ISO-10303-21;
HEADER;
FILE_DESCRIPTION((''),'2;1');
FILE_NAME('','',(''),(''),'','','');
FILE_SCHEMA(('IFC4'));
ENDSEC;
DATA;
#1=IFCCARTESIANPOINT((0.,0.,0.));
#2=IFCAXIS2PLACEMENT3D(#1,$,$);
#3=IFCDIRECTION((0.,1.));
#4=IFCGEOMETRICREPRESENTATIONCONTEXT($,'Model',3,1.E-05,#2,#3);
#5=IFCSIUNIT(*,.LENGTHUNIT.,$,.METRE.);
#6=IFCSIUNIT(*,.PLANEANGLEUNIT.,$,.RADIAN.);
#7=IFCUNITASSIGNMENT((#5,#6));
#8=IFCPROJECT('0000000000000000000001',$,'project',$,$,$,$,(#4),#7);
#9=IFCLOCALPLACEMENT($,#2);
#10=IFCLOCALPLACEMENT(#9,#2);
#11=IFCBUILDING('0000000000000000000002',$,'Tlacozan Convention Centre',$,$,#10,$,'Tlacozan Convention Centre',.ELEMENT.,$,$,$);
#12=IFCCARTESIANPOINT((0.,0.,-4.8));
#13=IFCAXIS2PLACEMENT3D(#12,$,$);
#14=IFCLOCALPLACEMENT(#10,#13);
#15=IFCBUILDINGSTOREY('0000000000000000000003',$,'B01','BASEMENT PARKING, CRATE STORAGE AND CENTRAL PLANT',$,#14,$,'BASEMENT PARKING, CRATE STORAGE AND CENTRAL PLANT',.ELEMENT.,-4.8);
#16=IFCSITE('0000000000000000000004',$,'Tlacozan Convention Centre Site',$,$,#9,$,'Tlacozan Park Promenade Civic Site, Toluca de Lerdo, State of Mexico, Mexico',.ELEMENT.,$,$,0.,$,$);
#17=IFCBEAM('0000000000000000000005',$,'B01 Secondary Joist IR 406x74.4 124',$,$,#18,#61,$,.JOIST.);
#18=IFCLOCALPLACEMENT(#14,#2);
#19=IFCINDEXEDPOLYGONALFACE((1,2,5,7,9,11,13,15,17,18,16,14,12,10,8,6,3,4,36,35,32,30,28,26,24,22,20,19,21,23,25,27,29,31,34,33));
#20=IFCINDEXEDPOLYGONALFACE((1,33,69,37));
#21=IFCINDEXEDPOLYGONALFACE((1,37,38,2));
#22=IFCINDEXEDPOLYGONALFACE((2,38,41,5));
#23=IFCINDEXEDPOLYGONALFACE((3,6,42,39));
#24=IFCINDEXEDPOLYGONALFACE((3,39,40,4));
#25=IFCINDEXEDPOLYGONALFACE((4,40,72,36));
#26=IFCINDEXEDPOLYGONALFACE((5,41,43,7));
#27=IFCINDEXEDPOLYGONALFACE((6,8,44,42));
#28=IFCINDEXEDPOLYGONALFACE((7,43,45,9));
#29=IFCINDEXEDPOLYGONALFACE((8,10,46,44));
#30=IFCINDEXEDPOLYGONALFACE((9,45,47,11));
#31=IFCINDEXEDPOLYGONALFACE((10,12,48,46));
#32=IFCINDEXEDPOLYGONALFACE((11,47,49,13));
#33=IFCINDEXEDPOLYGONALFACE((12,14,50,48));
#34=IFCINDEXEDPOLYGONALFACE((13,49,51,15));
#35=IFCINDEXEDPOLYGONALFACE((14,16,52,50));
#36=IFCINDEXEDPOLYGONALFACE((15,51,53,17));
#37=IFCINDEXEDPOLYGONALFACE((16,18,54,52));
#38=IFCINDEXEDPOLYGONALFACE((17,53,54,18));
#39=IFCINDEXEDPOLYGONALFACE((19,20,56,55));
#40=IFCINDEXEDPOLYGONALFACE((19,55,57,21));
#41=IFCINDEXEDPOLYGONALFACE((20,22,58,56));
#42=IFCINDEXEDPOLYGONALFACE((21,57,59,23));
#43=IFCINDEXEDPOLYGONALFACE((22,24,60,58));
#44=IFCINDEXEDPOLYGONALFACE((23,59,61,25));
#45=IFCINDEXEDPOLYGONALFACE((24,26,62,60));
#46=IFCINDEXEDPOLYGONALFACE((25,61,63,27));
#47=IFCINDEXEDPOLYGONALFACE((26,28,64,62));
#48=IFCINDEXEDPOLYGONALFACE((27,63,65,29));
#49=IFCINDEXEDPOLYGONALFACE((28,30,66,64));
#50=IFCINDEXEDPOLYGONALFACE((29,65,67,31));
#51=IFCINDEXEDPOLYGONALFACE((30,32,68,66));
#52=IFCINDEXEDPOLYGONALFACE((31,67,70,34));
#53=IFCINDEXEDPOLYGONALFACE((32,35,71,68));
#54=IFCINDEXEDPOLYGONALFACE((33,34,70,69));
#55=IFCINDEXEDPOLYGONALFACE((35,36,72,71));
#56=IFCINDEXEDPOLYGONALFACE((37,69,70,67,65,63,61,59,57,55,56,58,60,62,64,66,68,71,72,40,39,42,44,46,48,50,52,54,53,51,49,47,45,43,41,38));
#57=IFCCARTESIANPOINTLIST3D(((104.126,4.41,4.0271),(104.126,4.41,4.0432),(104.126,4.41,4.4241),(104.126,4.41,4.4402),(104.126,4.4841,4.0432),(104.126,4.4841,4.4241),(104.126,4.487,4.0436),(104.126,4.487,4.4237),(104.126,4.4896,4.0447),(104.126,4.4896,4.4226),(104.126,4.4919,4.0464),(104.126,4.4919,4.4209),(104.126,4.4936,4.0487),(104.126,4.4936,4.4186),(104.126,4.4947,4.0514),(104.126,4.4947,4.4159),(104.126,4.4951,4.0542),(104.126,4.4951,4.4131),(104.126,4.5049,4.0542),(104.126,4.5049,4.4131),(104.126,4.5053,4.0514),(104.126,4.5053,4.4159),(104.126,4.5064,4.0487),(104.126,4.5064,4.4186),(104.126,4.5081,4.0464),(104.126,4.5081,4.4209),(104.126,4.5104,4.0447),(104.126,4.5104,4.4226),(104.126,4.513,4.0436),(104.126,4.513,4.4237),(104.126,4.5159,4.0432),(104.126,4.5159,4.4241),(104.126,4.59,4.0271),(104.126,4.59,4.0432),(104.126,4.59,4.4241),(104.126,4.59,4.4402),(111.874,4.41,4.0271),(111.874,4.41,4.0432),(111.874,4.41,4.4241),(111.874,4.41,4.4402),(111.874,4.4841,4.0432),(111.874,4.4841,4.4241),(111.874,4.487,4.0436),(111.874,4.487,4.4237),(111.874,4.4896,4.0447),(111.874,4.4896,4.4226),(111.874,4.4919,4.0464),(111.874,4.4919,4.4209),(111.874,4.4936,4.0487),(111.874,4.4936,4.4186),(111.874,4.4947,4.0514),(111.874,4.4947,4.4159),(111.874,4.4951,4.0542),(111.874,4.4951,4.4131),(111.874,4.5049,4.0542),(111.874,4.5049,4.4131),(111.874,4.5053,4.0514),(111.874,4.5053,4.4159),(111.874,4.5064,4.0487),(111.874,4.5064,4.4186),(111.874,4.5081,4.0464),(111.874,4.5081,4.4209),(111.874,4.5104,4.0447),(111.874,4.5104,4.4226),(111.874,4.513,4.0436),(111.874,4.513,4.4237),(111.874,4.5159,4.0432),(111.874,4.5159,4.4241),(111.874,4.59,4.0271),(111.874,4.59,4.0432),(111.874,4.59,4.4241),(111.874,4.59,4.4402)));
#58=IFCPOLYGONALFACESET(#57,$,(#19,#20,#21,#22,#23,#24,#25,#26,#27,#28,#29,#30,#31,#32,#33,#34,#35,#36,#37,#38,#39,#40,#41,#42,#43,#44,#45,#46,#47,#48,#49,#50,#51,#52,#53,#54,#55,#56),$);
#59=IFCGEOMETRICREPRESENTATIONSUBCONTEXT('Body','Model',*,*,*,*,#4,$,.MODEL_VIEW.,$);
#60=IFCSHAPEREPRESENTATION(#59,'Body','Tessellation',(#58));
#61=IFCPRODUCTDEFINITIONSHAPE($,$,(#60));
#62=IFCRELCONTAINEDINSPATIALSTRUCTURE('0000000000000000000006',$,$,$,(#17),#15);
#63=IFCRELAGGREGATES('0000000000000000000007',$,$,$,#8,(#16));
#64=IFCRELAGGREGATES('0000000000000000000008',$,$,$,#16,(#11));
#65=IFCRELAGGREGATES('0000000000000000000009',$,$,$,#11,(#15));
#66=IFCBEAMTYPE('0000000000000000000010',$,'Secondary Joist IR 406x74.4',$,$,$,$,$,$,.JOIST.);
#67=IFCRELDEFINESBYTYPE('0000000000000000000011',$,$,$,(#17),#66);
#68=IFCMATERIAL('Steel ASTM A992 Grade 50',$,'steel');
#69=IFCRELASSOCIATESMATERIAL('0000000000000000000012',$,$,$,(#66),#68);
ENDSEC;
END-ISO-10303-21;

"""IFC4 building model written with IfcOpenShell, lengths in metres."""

from ifc_helpers import new_model, si_unit, direction, frame, origin, origin_2d, place, context, subcontext, project, spatial, i_section, extrude, material, material_profile, profile_set, type_object, element, save


model = new_model("IFC4")

# Units and contexts
model_context = context("Model", 3, precision=1e-05, world=origin(), true_north=direction((0.0, 1.0)))
body_context = subcontext(model_context, "Body", "Model", "MODEL_VIEW")
ifc_project = project(units=[si_unit("LENGTHUNIT", "METRE"), si_unit("PLANEANGLEUNIT", "RADIAN")], contexts=[model_context])

# Site, building, storey
site_placement = place(None, origin())
site = spatial("IfcSite", under=ifc_project, at=site_placement, Name="Tlacozan Convention Centre Site", LongName="Tlacozan Park Promenade Civic Site, Toluca de Lerdo, State of Mexico, Mexico", CompositionType="ELEMENT", RefElevation=0.0)
building_placement = place(site_placement, origin())
building = spatial("IfcBuilding", under=site, at=building_placement, Name="Tlacozan Convention Centre", LongName="Tlacozan Convention Centre", CompositionType="ELEMENT")
storey_placement = place(building_placement, frame((0.0, 0.0, -4.8)))
storey = spatial("IfcBuildingStorey", under=building, at=storey_placement, Name="B01", Description="BASEMENT PARKING, CRATE STORAGE AND CENTRAL PLANT", LongName="BASEMENT PARKING, CRATE STORAGE AND CENTRAL PLANT", CompositionType="ELEMENT", Elevation=-4.8)

# Beam
ifc_material_1 = material(Name="Steel ASTM A992 Grade 50", Category="steel")
ifc_material_profile_1 = material_profile(ifc_material_1, i_section(OverallWidth=0.1799, OverallDepth=0.4131, WebThickness=0.0098, FlangeThickness=0.0161, FilletRadius=0.011, at=origin_2d()), Name="IR 406x74.4")
ifc_profile_set_1 = profile_set([ifc_material_profile_1], Name="Steel ASTM A992 Grade 50")
beam_type_1 = type_object("IfcBeamType", Name="Secondary Joist IR 406x74.4", PredefinedType="JOIST", material=ifc_profile_set_1)
for number, where, z_axis, x_axis, name in (
    (1, (104.126, 4.5, 4.2336), (1.0, 0.0, 0.0), (0.0, 1.0, 0.0), "B01 Secondary Joist IR 406x74.4 124"),
):
    element("IfcBeam", number, at=place(storey_placement, frame(where, z_axis=z_axis, x_axis=x_axis)), inside=storey, type_object=beam_type_1, Name=name, PredefinedType="JOIST", context=body_context, shape_type="SweptSolid", body=[
        extrude(i_section(OverallWidth=0.1799, OverallDepth=0.4131, WebThickness=0.0098, FlangeThickness=0.0161, FilletRadius=0.011, at=origin_2d()), origin(), (0.0, 0.0, 1.0), 7.748),
    ])

save(model, "model.ifc")
